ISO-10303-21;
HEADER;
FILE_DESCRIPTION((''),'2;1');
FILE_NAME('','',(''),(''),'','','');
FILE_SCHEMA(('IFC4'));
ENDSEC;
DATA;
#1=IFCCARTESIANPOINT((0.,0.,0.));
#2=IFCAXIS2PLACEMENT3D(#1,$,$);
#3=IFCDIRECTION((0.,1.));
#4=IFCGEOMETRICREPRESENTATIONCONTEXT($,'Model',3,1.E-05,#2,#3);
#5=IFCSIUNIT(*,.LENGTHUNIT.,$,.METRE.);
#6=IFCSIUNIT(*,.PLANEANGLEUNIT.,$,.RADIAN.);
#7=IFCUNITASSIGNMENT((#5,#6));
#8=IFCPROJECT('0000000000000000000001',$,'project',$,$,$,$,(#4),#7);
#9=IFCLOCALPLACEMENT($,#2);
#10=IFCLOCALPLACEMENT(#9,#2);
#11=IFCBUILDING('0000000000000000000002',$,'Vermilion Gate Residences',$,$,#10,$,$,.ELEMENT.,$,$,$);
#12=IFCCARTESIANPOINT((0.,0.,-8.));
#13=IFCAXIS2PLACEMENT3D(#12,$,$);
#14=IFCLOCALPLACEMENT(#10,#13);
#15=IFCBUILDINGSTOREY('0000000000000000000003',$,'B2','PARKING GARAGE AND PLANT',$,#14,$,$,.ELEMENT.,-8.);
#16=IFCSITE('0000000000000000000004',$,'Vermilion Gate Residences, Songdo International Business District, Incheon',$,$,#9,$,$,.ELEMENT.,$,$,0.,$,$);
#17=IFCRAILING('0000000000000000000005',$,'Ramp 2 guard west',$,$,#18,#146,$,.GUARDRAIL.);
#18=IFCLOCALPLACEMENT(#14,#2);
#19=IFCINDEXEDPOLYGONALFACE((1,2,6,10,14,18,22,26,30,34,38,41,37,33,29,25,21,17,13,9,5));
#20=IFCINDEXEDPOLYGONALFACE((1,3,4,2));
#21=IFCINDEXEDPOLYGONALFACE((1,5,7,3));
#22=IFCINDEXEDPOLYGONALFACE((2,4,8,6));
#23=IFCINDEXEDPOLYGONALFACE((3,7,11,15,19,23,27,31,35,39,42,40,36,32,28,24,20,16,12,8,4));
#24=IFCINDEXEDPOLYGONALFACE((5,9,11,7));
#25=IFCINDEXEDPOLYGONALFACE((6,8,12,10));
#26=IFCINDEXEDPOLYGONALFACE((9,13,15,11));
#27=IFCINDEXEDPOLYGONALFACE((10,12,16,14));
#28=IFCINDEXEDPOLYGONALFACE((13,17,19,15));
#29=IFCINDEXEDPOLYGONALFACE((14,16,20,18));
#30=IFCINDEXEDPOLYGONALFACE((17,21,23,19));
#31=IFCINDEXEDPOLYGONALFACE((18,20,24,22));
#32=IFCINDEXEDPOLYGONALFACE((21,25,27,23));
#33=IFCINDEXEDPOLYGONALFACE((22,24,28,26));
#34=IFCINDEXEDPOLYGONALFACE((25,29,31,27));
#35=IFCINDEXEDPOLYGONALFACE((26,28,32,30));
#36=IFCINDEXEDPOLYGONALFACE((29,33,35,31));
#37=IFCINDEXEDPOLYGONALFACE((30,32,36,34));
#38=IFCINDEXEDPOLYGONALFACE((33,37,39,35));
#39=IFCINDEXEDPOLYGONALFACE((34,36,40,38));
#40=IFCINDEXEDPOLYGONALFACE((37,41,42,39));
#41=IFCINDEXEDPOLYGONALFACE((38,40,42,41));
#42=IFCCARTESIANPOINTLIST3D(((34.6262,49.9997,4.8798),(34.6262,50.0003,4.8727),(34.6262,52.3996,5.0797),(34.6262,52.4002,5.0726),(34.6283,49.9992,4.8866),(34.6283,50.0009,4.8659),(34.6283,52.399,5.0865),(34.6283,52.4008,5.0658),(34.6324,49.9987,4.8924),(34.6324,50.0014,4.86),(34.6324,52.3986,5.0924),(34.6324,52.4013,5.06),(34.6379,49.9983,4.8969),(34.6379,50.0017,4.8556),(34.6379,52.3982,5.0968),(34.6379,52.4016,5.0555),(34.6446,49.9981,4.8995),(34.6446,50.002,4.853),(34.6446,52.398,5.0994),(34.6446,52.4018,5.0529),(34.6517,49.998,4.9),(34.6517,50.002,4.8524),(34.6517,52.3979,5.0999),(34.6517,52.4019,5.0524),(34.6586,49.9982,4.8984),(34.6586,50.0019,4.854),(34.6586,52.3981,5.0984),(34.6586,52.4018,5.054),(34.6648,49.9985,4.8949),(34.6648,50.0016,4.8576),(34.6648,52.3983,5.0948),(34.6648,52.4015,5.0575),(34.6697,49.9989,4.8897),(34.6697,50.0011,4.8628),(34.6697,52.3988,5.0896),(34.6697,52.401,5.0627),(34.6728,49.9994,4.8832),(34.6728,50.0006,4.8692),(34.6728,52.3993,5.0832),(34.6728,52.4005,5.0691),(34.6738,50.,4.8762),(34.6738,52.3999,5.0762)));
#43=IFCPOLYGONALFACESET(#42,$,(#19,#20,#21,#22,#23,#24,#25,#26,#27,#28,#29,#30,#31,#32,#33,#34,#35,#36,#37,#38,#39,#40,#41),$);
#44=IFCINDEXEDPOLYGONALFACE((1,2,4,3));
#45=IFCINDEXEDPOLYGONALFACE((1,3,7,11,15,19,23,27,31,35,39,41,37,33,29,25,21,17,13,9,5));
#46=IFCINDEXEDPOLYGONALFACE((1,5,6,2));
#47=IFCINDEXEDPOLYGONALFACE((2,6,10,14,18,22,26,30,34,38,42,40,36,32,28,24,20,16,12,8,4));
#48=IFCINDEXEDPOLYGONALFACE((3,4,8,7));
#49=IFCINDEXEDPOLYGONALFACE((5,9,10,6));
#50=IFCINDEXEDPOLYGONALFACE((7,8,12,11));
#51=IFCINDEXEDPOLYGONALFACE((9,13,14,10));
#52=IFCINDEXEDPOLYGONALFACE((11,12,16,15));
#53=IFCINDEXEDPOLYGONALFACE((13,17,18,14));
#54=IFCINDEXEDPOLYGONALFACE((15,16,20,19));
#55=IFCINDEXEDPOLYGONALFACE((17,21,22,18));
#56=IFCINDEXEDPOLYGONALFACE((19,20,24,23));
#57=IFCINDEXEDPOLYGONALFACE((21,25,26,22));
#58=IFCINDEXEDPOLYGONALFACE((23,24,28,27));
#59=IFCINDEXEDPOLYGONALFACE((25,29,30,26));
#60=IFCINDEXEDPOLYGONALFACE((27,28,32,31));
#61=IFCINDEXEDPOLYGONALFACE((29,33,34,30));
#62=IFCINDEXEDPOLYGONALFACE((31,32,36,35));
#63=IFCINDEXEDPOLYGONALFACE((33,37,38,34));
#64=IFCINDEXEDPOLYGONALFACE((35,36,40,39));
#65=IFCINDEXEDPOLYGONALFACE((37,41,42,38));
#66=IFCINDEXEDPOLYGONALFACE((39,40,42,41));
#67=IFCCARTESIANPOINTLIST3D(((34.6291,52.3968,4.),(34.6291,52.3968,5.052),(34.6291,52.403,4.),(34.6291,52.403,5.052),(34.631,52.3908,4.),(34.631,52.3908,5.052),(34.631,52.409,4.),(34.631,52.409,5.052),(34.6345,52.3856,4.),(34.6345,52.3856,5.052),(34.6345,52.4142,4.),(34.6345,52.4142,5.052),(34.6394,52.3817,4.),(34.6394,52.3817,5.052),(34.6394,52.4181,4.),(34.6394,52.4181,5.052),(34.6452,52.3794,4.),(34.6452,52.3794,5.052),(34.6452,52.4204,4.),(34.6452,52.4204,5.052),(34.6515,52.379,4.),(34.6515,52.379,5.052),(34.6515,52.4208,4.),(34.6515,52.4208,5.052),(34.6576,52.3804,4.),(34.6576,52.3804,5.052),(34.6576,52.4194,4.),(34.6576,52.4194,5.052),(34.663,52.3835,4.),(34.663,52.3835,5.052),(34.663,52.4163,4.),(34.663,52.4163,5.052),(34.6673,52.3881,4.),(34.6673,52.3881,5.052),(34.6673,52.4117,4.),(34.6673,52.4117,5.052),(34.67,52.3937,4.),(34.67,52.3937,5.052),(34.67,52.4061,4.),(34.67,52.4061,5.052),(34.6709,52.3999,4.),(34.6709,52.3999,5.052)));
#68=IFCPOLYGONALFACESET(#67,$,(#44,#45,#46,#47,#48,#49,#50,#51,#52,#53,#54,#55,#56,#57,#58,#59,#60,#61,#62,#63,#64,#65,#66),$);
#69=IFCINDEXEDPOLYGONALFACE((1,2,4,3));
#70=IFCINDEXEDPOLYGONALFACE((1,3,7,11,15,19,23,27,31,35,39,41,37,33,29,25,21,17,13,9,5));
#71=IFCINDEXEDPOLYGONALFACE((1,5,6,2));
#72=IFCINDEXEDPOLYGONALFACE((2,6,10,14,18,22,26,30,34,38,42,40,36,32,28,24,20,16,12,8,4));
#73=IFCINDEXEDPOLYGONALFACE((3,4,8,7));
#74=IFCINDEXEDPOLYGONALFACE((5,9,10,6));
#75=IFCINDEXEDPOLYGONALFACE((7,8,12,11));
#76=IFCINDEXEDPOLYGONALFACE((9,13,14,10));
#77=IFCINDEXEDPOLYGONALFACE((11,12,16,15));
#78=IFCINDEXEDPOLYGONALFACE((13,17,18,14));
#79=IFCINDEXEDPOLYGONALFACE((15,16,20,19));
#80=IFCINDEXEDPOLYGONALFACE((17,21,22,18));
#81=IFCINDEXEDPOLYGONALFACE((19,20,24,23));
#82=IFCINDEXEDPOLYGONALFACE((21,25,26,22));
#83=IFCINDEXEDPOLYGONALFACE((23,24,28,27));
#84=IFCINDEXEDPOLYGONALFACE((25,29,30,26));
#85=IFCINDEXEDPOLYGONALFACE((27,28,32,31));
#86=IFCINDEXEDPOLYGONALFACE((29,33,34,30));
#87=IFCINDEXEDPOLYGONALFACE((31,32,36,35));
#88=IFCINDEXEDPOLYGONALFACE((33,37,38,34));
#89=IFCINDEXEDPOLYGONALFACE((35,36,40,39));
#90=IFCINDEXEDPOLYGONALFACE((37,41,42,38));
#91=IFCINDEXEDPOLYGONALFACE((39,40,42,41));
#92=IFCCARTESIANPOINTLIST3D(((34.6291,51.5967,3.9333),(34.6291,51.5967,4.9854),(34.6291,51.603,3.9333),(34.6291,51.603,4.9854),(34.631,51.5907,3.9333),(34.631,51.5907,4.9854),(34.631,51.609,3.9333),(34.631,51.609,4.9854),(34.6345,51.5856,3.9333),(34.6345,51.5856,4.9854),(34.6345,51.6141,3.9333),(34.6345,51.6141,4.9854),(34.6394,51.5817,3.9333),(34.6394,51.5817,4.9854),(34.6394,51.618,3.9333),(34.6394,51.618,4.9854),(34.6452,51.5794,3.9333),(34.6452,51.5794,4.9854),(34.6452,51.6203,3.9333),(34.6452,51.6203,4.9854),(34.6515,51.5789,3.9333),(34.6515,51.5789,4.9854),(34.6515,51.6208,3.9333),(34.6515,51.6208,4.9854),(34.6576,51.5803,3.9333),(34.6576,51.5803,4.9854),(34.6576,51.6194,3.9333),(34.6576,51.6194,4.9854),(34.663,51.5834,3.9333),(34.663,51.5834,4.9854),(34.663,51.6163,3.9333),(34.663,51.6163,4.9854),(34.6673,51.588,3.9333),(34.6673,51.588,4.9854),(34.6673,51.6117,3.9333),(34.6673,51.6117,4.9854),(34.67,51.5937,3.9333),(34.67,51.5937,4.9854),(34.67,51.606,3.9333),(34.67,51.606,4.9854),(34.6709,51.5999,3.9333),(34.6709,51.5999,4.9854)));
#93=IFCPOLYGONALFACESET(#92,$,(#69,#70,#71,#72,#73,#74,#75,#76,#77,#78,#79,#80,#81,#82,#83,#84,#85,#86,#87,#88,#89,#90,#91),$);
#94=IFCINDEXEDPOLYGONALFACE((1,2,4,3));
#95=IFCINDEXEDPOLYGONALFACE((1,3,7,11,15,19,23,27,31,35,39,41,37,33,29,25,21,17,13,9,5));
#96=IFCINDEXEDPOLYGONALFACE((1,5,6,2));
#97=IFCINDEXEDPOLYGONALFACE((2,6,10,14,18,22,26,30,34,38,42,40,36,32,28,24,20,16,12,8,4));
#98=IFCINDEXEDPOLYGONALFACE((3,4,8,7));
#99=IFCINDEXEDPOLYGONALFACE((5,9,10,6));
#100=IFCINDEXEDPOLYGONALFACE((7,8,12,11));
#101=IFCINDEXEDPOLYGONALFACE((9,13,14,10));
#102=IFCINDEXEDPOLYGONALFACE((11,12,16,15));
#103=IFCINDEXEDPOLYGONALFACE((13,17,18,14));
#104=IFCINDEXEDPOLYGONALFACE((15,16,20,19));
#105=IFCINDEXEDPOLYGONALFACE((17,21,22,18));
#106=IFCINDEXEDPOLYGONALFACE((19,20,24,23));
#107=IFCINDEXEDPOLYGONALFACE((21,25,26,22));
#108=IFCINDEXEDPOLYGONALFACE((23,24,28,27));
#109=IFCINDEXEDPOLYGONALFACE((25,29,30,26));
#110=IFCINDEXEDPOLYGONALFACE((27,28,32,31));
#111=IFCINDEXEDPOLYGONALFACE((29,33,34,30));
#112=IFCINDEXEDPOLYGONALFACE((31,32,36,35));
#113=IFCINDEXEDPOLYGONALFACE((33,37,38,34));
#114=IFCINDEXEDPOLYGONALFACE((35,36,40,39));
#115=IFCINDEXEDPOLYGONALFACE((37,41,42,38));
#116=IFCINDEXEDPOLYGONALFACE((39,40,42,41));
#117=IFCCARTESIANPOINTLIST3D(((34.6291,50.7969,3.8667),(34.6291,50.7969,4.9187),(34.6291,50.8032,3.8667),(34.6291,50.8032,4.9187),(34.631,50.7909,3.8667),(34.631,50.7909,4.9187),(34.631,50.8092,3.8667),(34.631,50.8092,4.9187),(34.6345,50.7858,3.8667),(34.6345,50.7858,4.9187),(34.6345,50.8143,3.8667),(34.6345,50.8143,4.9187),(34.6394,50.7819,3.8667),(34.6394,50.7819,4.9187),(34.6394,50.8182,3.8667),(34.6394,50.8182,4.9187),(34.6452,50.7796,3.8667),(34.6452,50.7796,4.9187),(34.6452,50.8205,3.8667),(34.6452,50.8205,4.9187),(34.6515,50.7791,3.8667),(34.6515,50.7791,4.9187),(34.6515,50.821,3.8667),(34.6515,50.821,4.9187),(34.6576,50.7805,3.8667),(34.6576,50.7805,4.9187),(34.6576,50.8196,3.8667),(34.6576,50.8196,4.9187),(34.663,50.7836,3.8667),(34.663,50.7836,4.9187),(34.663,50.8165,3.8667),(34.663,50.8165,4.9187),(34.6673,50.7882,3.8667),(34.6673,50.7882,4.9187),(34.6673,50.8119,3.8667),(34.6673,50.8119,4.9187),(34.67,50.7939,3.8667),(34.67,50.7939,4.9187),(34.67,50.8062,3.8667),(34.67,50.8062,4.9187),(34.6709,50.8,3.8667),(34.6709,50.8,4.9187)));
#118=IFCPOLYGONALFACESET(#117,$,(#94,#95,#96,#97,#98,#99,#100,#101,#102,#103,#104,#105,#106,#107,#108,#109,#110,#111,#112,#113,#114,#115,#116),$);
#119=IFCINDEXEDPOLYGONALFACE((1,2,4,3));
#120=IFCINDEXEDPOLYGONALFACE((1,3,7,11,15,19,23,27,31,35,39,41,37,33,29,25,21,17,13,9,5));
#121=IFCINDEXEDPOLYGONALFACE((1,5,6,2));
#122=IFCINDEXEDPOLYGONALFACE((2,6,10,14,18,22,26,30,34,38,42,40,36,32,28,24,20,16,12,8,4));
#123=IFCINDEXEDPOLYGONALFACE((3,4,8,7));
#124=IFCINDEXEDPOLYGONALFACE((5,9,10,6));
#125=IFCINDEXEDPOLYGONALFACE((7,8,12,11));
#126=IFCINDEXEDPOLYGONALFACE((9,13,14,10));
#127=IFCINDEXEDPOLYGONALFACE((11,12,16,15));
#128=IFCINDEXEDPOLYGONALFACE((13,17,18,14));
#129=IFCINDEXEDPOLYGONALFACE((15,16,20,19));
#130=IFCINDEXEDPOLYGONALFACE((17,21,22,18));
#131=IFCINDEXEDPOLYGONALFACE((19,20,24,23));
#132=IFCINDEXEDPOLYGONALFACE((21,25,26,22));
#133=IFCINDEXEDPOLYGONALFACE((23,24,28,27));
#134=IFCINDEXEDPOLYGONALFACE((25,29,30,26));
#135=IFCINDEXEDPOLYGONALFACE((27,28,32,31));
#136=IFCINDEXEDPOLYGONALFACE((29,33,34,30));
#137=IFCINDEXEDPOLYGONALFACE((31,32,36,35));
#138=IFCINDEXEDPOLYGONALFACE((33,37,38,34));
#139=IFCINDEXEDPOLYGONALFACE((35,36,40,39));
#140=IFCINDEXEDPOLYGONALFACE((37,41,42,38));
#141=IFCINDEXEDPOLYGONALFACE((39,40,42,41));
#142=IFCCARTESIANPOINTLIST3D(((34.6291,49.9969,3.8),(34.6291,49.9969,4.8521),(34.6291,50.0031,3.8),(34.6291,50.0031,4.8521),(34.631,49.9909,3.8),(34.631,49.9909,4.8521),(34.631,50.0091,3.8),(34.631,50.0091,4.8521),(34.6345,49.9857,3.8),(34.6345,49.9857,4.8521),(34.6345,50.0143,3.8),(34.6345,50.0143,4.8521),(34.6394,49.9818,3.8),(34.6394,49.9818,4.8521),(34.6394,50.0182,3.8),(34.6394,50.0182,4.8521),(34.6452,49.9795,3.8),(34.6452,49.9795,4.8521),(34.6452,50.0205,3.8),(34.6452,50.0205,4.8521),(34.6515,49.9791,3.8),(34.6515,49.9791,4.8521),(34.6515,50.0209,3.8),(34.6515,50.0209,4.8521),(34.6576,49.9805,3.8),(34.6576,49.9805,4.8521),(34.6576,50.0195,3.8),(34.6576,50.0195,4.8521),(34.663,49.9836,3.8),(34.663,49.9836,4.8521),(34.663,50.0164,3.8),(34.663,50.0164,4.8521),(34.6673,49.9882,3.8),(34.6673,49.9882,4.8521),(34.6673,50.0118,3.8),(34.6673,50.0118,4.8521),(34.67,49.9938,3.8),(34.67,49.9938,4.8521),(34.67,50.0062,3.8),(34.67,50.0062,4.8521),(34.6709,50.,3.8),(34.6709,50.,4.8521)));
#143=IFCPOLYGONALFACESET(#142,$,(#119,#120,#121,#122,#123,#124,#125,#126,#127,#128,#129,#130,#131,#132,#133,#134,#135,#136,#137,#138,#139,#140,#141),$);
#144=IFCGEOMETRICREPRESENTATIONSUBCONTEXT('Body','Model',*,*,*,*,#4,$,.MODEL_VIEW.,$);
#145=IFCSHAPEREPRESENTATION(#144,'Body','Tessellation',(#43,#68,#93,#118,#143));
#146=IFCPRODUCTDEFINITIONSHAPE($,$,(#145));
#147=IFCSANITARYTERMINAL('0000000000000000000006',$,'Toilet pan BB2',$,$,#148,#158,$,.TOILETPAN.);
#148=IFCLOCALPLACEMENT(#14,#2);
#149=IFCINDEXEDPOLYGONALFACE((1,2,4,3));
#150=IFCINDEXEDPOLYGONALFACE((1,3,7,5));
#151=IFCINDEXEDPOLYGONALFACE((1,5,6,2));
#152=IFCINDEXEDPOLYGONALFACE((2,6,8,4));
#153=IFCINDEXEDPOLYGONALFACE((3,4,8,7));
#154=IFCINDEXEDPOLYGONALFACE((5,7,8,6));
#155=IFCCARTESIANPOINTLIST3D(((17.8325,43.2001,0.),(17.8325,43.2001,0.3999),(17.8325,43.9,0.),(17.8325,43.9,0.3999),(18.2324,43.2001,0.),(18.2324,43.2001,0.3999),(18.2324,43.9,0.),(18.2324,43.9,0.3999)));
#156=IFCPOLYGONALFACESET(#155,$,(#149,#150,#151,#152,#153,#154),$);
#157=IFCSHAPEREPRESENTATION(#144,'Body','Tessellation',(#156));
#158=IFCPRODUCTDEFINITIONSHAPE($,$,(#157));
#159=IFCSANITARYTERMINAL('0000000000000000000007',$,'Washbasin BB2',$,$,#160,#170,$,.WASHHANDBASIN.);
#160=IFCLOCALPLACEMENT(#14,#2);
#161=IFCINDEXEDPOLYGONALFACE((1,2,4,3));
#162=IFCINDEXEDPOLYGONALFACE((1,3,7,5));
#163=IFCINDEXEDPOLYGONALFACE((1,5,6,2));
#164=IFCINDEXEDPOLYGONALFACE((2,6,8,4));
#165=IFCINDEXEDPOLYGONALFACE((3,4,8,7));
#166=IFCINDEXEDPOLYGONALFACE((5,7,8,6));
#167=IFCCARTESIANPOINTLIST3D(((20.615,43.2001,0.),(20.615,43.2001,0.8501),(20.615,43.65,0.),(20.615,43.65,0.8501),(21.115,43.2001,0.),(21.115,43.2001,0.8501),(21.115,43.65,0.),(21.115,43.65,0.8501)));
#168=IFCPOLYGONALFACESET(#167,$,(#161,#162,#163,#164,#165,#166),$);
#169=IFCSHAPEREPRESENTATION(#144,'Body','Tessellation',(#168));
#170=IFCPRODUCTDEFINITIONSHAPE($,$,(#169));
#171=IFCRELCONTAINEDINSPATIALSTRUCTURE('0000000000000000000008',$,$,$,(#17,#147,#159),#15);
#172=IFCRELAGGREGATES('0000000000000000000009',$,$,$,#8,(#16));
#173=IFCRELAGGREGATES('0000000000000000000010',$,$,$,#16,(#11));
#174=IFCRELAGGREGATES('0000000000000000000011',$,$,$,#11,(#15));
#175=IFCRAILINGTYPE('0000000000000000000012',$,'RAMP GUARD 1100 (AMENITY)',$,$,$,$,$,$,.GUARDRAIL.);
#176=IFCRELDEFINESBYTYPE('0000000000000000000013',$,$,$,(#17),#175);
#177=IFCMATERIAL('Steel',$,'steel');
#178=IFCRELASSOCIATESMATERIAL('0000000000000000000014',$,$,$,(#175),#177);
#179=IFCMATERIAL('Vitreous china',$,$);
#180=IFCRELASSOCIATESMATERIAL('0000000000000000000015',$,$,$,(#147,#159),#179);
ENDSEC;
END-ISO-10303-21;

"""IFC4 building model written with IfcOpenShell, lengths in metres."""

from ifc_helpers import new_model, si_unit, direction, frame, origin, origin_2d, place, context, subcontext, project, spatial, rectangle, circle, extrude, material, type_object, element, save


model = new_model("IFC4")

# Units and contexts
model_context = context("Model", 3, precision=1e-05, world=origin(), true_north=direction((0.0, 1.0)))
body_context = subcontext(model_context, "Body", "Model", "MODEL_VIEW")
ifc_project = project(units=[si_unit("LENGTHUNIT", "METRE"), si_unit("PLANEANGLEUNIT", "RADIAN")], contexts=[model_context])

# Site, building, storey
site_placement = place(None, origin())
site = spatial("IfcSite", under=ifc_project, at=site_placement, Name="Vermilion Gate Residences, Songdo International Business District, Incheon", CompositionType="ELEMENT", RefElevation=0.0)
building_placement = place(site_placement, origin())
building = spatial("IfcBuilding", under=site, at=building_placement, Name="Vermilion Gate Residences", CompositionType="ELEMENT")
storey_placement = place(building_placement, frame((0.0, 0.0, -8.0)))
storey = spatial("IfcBuildingStorey", under=building, at=storey_placement, Name="B2", Description="PARKING GARAGE AND PLANT", CompositionType="ELEMENT", Elevation=-8.0)

# Railing
ifc_material_1 = material(Name="Steel", Category="steel")
railing_type = type_object("IfcRailingType", Name="RAMP GUARD 1100 (AMENITY)", PredefinedType="GUARDRAIL", material=ifc_material_1)
railing_1_placement = place(storey_placement, frame((34.6499, 52.3999, 4.0)))
element("IfcRailing", 1, at=railing_1_placement, inside=storey, type_object=railing_type, Name="Ramp 2 guard west", PredefinedType="GUARDRAIL", context=body_context, shape_type="SweptSolid", body=[
    extrude(circle(Radius=0.0239, at=origin_2d()), frame((0.0, 0.0, 1.0762), z_axis=(0.0, -0.996547, -0.083029), x_axis=(1.0, 0.0, 0.0)), (0.0, 0.0, 1.0), 2.4082),
    extrude(circle(Radius=0.021, at=origin_2d()), origin(), (0.0, 0.0, 1.0), 1.052),
    extrude(circle(Radius=0.021, at=origin_2d()), frame((0.0, -0.8, -0.0667)), (0.0, 0.0, 1.0), 1.052),
    extrude(circle(Radius=0.021, at=origin_2d()), frame((0.0, -1.5999, -0.1333)), (0.0, 0.0, 1.0), 1.052),
    extrude(circle(Radius=0.021, at=origin_2d()), frame((0.0, -2.3999, -0.2)), (0.0, 0.0, 1.0), 1.052),
])

# Sanitary terminals
ifc_material_2 = material(Name="Vitreous china")
sanitary_terminal_1_placement = place(storey_placement, frame((18.0325, 43.55, 0.0), z_axis=(0.0, 0.0, 1.0), x_axis=(1.0, 0.0, 0.0)))
element("IfcSanitaryTerminal", 2, at=sanitary_terminal_1_placement, inside=storey, material=ifc_material_2, Name="Toilet pan BB2", PredefinedType="TOILETPAN", context=body_context, shape_type="SweptSolid", body=[
    extrude(rectangle(XDim=0.3999, YDim=0.7, at=origin_2d()), origin(), (0.0, 0.0, 1.0), 0.3999),
])
sanitary_terminal_2_placement = place(storey_placement, frame((20.865, 43.425, 0.0), z_axis=(0.0, 0.0, 1.0), x_axis=(1.0, 0.0, 0.0)))
element("IfcSanitaryTerminal", 3, at=sanitary_terminal_2_placement, inside=storey, material=ifc_material_2, Name="Washbasin BB2", PredefinedType="WASHHANDBASIN", context=body_context, shape_type="SweptSolid", body=[
    extrude(rectangle(XDim=0.5, YDim=0.45, at=origin_2d()), origin(), (0.0, 0.0, 1.0), 0.8501),
])

save(model, "model.ifc")
